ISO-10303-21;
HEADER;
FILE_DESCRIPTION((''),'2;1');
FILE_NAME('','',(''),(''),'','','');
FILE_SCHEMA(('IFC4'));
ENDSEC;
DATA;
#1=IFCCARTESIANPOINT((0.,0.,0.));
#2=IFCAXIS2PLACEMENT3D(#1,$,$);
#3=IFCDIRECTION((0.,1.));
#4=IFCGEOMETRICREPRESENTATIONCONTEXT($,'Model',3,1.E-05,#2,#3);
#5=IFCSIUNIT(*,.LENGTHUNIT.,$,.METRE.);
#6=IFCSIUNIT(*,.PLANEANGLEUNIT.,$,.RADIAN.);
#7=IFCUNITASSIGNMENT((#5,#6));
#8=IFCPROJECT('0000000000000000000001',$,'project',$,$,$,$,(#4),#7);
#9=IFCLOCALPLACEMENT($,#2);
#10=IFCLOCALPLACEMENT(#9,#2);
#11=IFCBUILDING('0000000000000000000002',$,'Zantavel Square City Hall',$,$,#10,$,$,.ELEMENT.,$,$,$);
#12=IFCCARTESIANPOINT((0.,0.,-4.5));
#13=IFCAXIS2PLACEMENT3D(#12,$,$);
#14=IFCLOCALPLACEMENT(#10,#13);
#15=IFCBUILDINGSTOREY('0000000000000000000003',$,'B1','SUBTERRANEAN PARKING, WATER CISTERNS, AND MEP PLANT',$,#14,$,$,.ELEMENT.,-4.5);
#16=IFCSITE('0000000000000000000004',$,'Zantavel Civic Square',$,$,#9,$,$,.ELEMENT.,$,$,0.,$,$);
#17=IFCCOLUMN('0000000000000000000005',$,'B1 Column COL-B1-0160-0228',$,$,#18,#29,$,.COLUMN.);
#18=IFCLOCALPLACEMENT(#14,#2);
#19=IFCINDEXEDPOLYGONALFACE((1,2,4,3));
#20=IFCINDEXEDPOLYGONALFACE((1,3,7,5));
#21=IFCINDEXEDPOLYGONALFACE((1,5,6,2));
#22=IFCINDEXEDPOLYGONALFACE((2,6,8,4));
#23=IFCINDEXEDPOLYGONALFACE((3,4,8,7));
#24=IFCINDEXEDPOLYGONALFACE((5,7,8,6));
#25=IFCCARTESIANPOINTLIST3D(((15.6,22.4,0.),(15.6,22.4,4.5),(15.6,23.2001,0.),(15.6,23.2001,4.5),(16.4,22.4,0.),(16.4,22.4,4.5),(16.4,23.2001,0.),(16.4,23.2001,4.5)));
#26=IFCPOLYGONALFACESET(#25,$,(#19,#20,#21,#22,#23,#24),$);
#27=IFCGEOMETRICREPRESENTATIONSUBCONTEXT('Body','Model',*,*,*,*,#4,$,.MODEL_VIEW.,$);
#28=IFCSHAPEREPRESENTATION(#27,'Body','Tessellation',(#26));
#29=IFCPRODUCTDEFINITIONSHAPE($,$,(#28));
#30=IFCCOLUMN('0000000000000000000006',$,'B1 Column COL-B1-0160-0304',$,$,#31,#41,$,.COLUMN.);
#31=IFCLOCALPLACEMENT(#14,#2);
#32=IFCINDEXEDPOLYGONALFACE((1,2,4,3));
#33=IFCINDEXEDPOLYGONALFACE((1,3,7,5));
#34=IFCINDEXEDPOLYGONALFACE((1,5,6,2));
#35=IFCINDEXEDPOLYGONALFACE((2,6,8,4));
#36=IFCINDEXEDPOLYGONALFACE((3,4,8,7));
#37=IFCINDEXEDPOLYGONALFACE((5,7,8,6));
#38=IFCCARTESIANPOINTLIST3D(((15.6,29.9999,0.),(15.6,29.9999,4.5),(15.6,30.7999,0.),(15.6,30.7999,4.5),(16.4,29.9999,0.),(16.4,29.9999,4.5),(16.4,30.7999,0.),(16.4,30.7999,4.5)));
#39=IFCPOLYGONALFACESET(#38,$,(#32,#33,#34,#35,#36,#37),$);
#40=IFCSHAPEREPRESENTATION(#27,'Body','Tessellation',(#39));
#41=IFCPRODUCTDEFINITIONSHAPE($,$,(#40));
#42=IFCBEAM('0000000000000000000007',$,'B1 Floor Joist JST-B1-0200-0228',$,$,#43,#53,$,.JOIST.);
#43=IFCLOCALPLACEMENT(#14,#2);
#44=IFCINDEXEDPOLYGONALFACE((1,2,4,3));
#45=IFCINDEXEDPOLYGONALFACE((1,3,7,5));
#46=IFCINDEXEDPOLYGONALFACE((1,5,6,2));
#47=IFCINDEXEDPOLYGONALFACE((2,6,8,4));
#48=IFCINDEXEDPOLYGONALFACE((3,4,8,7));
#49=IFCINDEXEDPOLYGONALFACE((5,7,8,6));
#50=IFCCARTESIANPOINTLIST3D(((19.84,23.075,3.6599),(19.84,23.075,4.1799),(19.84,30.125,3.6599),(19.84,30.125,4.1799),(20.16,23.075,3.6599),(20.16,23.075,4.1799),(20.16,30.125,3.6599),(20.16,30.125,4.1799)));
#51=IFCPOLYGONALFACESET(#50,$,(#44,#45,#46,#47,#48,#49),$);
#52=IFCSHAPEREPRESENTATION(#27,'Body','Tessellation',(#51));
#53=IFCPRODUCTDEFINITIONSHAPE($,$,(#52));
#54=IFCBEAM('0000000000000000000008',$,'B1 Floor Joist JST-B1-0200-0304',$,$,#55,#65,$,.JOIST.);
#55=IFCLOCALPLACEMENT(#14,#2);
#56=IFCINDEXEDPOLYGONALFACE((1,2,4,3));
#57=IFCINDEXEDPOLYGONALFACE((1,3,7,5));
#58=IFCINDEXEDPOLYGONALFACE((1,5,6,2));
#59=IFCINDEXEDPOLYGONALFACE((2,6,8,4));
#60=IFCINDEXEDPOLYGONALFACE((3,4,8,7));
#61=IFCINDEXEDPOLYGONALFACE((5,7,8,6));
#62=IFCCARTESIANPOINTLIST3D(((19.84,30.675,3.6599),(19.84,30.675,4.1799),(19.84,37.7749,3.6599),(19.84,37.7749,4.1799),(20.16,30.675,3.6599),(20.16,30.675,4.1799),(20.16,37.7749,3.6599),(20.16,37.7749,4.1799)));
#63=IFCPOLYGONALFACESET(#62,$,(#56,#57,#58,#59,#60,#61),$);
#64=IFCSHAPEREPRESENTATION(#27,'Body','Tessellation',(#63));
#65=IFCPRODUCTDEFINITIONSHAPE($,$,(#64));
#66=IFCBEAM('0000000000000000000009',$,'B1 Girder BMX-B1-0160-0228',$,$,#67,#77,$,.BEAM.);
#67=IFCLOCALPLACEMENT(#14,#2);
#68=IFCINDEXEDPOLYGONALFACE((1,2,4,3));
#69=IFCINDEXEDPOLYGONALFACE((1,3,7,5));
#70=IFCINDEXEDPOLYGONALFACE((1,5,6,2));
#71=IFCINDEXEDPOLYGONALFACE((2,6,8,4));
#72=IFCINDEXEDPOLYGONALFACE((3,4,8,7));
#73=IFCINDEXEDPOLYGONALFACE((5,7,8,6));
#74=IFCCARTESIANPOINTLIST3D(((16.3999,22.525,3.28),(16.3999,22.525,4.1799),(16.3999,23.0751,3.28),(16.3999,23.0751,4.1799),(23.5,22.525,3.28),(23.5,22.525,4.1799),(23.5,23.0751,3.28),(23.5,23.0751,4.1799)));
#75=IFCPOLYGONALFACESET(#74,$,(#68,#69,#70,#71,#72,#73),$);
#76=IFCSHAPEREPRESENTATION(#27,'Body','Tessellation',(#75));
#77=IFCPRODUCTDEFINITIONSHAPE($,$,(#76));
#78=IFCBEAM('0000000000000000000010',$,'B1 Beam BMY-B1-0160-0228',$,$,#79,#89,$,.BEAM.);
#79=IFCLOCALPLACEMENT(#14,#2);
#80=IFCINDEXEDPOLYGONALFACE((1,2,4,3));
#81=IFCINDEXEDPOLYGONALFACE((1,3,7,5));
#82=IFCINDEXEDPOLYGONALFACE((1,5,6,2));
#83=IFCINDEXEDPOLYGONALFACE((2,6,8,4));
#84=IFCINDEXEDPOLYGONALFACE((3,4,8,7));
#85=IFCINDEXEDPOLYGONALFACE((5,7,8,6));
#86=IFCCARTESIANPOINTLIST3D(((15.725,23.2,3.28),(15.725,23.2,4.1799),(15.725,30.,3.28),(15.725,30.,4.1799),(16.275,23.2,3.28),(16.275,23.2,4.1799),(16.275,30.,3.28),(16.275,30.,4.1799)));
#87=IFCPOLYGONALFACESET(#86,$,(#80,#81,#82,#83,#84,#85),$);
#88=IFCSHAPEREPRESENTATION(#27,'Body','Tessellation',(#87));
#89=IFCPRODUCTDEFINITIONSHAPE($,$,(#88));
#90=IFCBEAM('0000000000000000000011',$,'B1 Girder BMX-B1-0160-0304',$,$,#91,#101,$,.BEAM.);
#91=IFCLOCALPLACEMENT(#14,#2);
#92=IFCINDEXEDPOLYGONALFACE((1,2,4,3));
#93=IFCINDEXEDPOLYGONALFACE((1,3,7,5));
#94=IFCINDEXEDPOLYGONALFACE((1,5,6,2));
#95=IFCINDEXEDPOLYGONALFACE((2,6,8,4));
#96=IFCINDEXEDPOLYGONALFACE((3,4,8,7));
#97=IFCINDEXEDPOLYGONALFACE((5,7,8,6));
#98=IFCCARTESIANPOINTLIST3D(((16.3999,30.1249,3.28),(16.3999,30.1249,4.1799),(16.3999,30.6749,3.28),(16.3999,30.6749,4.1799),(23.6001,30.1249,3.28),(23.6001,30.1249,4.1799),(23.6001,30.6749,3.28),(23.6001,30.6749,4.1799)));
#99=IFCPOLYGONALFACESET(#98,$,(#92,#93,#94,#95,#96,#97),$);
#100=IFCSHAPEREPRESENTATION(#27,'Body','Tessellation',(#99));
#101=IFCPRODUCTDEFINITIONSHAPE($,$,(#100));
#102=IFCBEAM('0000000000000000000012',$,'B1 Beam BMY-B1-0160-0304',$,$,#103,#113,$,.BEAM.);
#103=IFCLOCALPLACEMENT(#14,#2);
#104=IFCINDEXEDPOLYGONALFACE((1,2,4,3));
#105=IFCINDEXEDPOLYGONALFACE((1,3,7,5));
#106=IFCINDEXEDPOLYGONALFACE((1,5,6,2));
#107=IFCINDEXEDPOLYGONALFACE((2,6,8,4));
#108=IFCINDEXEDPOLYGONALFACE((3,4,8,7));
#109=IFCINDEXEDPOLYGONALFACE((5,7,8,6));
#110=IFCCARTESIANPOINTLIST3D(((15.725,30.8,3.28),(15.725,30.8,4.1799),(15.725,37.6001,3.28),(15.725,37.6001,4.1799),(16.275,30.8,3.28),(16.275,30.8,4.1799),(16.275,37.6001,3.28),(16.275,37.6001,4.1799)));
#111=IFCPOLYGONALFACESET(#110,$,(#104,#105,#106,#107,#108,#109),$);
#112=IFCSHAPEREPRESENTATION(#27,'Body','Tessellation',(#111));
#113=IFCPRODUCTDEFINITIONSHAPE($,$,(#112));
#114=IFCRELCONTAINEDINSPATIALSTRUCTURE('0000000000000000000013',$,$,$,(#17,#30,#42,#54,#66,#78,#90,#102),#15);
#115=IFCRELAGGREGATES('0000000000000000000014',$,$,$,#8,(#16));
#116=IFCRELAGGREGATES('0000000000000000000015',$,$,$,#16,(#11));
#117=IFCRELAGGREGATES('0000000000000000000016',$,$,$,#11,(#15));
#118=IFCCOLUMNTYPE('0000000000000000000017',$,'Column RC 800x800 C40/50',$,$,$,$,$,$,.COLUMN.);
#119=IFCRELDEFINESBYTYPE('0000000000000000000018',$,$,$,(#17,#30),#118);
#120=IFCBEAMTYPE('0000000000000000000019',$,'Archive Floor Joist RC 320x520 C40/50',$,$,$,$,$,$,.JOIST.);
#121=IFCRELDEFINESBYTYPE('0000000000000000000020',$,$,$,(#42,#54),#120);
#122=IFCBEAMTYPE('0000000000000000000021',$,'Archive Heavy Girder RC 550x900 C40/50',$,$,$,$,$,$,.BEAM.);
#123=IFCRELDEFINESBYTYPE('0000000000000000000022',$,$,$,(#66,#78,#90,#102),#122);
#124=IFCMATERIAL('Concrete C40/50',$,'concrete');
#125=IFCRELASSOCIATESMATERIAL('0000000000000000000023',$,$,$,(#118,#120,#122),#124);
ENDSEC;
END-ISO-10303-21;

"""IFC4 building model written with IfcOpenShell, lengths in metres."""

from ifc_helpers import new_model, si_unit, direction, frame, origin, origin_2d, place, context, subcontext, project, spatial, rectangle, extrude, material, material_profile, profile_set, type_object, element, save


model = new_model("IFC4")

# Units and contexts
model_context = context("Model", 3, precision=1e-05, world=origin(), true_north=direction((0.0, 1.0)))
body_context = subcontext(model_context, "Body", "Model", "MODEL_VIEW")
ifc_project = project(units=[si_unit("LENGTHUNIT", "METRE"), si_unit("PLANEANGLEUNIT", "RADIAN")], contexts=[model_context])

# Site, building, storey
site_placement = place(None, origin())
site = spatial("IfcSite", under=ifc_project, at=site_placement, Name="Zantavel Civic Square", CompositionType="ELEMENT", RefElevation=0.0)
building_placement = place(site_placement, origin())
building = spatial("IfcBuilding", under=site, at=building_placement, Name="Zantavel Square City Hall", CompositionType="ELEMENT")
storey_placement = place(building_placement, frame((0.0, 0.0, -4.5)))
storey = spatial("IfcBuildingStorey", under=building, at=storey_placement, Name="B1", Description="SUBTERRANEAN PARKING, WATER CISTERNS, AND MEP PLANT", CompositionType="ELEMENT", Elevation=-4.5)

# Shared definitions
ifc_material_1 = material(Name="Concrete C40/50", Category="concrete")

# Columns
ifc_material_profile_1 = material_profile(ifc_material_1, rectangle(XDim=0.8, YDim=0.8, at=origin_2d()), Name="RC 800x800")
ifc_profile_set_1 = profile_set([ifc_material_profile_1], Name="Concrete C40/50")
column_type = type_object("IfcColumnType", Name="Column RC 800x800 C40/50", PredefinedType="COLUMN", material=ifc_profile_set_1)
for number, where, z_axis, x_axis, name in (
    (1, (16.0, 22.8, 0.0), (0.0, 0.0, 1.0), (1.0, 0.0, 0.0), "B1 Column COL-B1-0160-0228"),
    (2, (16.0, 30.3999, 0.0), (0.0, 0.0, 1.0), (1.0, 0.0, 0.0), "B1 Column COL-B1-0160-0304"),
):
    element("IfcColumn", number, at=place(storey_placement, frame(where, z_axis=z_axis, x_axis=x_axis)), inside=storey, type_object=column_type, Name=name, PredefinedType="COLUMN", context=body_context, shape_type="SweptSolid", body=[
        extrude(rectangle(XDim=0.8, YDim=0.8, at=origin_2d()), origin(), (0.0, 0.0, 1.0), 4.5),
    ])

# Beams
ifc_material_profile_2 = material_profile(ifc_material_1, rectangle(XDim=0.3201, YDim=0.52, at=origin_2d()), Name="RC 320x520")
ifc_profile_set_2 = profile_set([ifc_material_profile_2], Name="Concrete C40/50")
beam_type_1 = type_object("IfcBeamType", Name="Archive Floor Joist RC 320x520 C40/50", PredefinedType="JOIST", material=ifc_profile_set_2)
beam_1_placement = place(storey_placement, frame((20.0, 23.075, 3.9199), z_axis=(0.0, 1.0, 0.0), x_axis=(-1.0, 0.0, 0.0)))
element("IfcBeam", 3, at=beam_1_placement, inside=storey, type_object=beam_type_1, Name="B1 Floor Joist JST-B1-0200-0228", PredefinedType="JOIST", context=body_context, shape_type="SweptSolid", body=[
    extrude(rectangle(XDim=0.3201, YDim=0.52, at=origin_2d()), origin(), (0.0, 0.0, 1.0), 7.05),
])
beam_2_placement = place(storey_placement, frame((20.0, 30.675, 3.9199), z_axis=(0.0, 1.0, 0.0), x_axis=(-1.0, 0.0, 0.0)))
element("IfcBeam", 4, at=beam_2_placement, inside=storey, type_object=beam_type_1, Name="B1 Floor Joist JST-B1-0200-0304", PredefinedType="JOIST", context=body_context, shape_type="SweptSolid", body=[
    extrude(rectangle(XDim=0.3201, YDim=0.52, at=origin_2d()), origin(), (0.0, 0.0, 1.0), 7.0999),
])
ifc_material_profile_3 = material_profile(ifc_material_1, rectangle(XDim=0.55, YDim=0.8999, at=origin_2d()), Name="RC 550x900")
ifc_profile_set_3 = profile_set([ifc_material_profile_3], Name="Concrete C40/50")
beam_type_2 = type_object("IfcBeamType", Name="Archive Heavy Girder RC 550x900 C40/50", PredefinedType="BEAM", material=ifc_profile_set_3)
beam_3_placement = place(storey_placement, frame((16.3999, 22.8, 3.73), z_axis=(1.0, 0.0, 0.0), x_axis=(0.0, 1.0, 0.0)))
element("IfcBeam", 5, at=beam_3_placement, inside=storey, type_object=beam_type_2, Name="B1 Girder BMX-B1-0160-0228", PredefinedType="BEAM", context=body_context, shape_type="SweptSolid", body=[
    extrude(rectangle(XDim=0.55, YDim=0.8999, at=origin_2d()), origin(), (0.0, 0.0, 1.0), 7.1001),
])
beam_4_placement = place(storey_placement, frame((16.0, 23.2, 3.73), z_axis=(0.0, 1.0, 0.0), x_axis=(-1.0, 0.0, 0.0)))
element("IfcBeam", 6, at=beam_4_placement, inside=storey, type_object=beam_type_2, Name="B1 Beam BMY-B1-0160-0228", PredefinedType="BEAM", context=body_context, shape_type="SweptSolid", body=[
    extrude(rectangle(XDim=0.55, YDim=0.8999, at=origin_2d()), origin(), (0.0, 0.0, 1.0), 6.8),
])
beam_5_placement = place(storey_placement, frame((16.3999, 30.3999, 3.73), z_axis=(1.0, 0.0, 0.0), x_axis=(0.0, 1.0, 0.0)))
element("IfcBeam", 7, at=beam_5_placement, inside=storey, type_object=beam_type_2, Name="B1 Girder BMX-B1-0160-0304", PredefinedType="BEAM", context=body_context, shape_type="SweptSolid", body=[
    extrude(rectangle(XDim=0.55, YDim=0.8999, at=origin_2d()), origin(), (0.0, 0.0, 1.0), 7.2002),
])
beam_6_placement = place(storey_placement, frame((16.0, 30.8, 3.73), z_axis=(0.0, 1.0, 0.0), x_axis=(-1.0, 0.0, 0.0)))
element("IfcBeam", 8, at=beam_6_placement, inside=storey, type_object=beam_type_2, Name="B1 Beam BMY-B1-0160-0304", PredefinedType="BEAM", context=body_context, shape_type="SweptSolid", body=[
    extrude(rectangle(XDim=0.55, YDim=0.8999, at=origin_2d()), origin(), (0.0, 0.0, 1.0), 6.8),
])

save(model, "model.ifc")
